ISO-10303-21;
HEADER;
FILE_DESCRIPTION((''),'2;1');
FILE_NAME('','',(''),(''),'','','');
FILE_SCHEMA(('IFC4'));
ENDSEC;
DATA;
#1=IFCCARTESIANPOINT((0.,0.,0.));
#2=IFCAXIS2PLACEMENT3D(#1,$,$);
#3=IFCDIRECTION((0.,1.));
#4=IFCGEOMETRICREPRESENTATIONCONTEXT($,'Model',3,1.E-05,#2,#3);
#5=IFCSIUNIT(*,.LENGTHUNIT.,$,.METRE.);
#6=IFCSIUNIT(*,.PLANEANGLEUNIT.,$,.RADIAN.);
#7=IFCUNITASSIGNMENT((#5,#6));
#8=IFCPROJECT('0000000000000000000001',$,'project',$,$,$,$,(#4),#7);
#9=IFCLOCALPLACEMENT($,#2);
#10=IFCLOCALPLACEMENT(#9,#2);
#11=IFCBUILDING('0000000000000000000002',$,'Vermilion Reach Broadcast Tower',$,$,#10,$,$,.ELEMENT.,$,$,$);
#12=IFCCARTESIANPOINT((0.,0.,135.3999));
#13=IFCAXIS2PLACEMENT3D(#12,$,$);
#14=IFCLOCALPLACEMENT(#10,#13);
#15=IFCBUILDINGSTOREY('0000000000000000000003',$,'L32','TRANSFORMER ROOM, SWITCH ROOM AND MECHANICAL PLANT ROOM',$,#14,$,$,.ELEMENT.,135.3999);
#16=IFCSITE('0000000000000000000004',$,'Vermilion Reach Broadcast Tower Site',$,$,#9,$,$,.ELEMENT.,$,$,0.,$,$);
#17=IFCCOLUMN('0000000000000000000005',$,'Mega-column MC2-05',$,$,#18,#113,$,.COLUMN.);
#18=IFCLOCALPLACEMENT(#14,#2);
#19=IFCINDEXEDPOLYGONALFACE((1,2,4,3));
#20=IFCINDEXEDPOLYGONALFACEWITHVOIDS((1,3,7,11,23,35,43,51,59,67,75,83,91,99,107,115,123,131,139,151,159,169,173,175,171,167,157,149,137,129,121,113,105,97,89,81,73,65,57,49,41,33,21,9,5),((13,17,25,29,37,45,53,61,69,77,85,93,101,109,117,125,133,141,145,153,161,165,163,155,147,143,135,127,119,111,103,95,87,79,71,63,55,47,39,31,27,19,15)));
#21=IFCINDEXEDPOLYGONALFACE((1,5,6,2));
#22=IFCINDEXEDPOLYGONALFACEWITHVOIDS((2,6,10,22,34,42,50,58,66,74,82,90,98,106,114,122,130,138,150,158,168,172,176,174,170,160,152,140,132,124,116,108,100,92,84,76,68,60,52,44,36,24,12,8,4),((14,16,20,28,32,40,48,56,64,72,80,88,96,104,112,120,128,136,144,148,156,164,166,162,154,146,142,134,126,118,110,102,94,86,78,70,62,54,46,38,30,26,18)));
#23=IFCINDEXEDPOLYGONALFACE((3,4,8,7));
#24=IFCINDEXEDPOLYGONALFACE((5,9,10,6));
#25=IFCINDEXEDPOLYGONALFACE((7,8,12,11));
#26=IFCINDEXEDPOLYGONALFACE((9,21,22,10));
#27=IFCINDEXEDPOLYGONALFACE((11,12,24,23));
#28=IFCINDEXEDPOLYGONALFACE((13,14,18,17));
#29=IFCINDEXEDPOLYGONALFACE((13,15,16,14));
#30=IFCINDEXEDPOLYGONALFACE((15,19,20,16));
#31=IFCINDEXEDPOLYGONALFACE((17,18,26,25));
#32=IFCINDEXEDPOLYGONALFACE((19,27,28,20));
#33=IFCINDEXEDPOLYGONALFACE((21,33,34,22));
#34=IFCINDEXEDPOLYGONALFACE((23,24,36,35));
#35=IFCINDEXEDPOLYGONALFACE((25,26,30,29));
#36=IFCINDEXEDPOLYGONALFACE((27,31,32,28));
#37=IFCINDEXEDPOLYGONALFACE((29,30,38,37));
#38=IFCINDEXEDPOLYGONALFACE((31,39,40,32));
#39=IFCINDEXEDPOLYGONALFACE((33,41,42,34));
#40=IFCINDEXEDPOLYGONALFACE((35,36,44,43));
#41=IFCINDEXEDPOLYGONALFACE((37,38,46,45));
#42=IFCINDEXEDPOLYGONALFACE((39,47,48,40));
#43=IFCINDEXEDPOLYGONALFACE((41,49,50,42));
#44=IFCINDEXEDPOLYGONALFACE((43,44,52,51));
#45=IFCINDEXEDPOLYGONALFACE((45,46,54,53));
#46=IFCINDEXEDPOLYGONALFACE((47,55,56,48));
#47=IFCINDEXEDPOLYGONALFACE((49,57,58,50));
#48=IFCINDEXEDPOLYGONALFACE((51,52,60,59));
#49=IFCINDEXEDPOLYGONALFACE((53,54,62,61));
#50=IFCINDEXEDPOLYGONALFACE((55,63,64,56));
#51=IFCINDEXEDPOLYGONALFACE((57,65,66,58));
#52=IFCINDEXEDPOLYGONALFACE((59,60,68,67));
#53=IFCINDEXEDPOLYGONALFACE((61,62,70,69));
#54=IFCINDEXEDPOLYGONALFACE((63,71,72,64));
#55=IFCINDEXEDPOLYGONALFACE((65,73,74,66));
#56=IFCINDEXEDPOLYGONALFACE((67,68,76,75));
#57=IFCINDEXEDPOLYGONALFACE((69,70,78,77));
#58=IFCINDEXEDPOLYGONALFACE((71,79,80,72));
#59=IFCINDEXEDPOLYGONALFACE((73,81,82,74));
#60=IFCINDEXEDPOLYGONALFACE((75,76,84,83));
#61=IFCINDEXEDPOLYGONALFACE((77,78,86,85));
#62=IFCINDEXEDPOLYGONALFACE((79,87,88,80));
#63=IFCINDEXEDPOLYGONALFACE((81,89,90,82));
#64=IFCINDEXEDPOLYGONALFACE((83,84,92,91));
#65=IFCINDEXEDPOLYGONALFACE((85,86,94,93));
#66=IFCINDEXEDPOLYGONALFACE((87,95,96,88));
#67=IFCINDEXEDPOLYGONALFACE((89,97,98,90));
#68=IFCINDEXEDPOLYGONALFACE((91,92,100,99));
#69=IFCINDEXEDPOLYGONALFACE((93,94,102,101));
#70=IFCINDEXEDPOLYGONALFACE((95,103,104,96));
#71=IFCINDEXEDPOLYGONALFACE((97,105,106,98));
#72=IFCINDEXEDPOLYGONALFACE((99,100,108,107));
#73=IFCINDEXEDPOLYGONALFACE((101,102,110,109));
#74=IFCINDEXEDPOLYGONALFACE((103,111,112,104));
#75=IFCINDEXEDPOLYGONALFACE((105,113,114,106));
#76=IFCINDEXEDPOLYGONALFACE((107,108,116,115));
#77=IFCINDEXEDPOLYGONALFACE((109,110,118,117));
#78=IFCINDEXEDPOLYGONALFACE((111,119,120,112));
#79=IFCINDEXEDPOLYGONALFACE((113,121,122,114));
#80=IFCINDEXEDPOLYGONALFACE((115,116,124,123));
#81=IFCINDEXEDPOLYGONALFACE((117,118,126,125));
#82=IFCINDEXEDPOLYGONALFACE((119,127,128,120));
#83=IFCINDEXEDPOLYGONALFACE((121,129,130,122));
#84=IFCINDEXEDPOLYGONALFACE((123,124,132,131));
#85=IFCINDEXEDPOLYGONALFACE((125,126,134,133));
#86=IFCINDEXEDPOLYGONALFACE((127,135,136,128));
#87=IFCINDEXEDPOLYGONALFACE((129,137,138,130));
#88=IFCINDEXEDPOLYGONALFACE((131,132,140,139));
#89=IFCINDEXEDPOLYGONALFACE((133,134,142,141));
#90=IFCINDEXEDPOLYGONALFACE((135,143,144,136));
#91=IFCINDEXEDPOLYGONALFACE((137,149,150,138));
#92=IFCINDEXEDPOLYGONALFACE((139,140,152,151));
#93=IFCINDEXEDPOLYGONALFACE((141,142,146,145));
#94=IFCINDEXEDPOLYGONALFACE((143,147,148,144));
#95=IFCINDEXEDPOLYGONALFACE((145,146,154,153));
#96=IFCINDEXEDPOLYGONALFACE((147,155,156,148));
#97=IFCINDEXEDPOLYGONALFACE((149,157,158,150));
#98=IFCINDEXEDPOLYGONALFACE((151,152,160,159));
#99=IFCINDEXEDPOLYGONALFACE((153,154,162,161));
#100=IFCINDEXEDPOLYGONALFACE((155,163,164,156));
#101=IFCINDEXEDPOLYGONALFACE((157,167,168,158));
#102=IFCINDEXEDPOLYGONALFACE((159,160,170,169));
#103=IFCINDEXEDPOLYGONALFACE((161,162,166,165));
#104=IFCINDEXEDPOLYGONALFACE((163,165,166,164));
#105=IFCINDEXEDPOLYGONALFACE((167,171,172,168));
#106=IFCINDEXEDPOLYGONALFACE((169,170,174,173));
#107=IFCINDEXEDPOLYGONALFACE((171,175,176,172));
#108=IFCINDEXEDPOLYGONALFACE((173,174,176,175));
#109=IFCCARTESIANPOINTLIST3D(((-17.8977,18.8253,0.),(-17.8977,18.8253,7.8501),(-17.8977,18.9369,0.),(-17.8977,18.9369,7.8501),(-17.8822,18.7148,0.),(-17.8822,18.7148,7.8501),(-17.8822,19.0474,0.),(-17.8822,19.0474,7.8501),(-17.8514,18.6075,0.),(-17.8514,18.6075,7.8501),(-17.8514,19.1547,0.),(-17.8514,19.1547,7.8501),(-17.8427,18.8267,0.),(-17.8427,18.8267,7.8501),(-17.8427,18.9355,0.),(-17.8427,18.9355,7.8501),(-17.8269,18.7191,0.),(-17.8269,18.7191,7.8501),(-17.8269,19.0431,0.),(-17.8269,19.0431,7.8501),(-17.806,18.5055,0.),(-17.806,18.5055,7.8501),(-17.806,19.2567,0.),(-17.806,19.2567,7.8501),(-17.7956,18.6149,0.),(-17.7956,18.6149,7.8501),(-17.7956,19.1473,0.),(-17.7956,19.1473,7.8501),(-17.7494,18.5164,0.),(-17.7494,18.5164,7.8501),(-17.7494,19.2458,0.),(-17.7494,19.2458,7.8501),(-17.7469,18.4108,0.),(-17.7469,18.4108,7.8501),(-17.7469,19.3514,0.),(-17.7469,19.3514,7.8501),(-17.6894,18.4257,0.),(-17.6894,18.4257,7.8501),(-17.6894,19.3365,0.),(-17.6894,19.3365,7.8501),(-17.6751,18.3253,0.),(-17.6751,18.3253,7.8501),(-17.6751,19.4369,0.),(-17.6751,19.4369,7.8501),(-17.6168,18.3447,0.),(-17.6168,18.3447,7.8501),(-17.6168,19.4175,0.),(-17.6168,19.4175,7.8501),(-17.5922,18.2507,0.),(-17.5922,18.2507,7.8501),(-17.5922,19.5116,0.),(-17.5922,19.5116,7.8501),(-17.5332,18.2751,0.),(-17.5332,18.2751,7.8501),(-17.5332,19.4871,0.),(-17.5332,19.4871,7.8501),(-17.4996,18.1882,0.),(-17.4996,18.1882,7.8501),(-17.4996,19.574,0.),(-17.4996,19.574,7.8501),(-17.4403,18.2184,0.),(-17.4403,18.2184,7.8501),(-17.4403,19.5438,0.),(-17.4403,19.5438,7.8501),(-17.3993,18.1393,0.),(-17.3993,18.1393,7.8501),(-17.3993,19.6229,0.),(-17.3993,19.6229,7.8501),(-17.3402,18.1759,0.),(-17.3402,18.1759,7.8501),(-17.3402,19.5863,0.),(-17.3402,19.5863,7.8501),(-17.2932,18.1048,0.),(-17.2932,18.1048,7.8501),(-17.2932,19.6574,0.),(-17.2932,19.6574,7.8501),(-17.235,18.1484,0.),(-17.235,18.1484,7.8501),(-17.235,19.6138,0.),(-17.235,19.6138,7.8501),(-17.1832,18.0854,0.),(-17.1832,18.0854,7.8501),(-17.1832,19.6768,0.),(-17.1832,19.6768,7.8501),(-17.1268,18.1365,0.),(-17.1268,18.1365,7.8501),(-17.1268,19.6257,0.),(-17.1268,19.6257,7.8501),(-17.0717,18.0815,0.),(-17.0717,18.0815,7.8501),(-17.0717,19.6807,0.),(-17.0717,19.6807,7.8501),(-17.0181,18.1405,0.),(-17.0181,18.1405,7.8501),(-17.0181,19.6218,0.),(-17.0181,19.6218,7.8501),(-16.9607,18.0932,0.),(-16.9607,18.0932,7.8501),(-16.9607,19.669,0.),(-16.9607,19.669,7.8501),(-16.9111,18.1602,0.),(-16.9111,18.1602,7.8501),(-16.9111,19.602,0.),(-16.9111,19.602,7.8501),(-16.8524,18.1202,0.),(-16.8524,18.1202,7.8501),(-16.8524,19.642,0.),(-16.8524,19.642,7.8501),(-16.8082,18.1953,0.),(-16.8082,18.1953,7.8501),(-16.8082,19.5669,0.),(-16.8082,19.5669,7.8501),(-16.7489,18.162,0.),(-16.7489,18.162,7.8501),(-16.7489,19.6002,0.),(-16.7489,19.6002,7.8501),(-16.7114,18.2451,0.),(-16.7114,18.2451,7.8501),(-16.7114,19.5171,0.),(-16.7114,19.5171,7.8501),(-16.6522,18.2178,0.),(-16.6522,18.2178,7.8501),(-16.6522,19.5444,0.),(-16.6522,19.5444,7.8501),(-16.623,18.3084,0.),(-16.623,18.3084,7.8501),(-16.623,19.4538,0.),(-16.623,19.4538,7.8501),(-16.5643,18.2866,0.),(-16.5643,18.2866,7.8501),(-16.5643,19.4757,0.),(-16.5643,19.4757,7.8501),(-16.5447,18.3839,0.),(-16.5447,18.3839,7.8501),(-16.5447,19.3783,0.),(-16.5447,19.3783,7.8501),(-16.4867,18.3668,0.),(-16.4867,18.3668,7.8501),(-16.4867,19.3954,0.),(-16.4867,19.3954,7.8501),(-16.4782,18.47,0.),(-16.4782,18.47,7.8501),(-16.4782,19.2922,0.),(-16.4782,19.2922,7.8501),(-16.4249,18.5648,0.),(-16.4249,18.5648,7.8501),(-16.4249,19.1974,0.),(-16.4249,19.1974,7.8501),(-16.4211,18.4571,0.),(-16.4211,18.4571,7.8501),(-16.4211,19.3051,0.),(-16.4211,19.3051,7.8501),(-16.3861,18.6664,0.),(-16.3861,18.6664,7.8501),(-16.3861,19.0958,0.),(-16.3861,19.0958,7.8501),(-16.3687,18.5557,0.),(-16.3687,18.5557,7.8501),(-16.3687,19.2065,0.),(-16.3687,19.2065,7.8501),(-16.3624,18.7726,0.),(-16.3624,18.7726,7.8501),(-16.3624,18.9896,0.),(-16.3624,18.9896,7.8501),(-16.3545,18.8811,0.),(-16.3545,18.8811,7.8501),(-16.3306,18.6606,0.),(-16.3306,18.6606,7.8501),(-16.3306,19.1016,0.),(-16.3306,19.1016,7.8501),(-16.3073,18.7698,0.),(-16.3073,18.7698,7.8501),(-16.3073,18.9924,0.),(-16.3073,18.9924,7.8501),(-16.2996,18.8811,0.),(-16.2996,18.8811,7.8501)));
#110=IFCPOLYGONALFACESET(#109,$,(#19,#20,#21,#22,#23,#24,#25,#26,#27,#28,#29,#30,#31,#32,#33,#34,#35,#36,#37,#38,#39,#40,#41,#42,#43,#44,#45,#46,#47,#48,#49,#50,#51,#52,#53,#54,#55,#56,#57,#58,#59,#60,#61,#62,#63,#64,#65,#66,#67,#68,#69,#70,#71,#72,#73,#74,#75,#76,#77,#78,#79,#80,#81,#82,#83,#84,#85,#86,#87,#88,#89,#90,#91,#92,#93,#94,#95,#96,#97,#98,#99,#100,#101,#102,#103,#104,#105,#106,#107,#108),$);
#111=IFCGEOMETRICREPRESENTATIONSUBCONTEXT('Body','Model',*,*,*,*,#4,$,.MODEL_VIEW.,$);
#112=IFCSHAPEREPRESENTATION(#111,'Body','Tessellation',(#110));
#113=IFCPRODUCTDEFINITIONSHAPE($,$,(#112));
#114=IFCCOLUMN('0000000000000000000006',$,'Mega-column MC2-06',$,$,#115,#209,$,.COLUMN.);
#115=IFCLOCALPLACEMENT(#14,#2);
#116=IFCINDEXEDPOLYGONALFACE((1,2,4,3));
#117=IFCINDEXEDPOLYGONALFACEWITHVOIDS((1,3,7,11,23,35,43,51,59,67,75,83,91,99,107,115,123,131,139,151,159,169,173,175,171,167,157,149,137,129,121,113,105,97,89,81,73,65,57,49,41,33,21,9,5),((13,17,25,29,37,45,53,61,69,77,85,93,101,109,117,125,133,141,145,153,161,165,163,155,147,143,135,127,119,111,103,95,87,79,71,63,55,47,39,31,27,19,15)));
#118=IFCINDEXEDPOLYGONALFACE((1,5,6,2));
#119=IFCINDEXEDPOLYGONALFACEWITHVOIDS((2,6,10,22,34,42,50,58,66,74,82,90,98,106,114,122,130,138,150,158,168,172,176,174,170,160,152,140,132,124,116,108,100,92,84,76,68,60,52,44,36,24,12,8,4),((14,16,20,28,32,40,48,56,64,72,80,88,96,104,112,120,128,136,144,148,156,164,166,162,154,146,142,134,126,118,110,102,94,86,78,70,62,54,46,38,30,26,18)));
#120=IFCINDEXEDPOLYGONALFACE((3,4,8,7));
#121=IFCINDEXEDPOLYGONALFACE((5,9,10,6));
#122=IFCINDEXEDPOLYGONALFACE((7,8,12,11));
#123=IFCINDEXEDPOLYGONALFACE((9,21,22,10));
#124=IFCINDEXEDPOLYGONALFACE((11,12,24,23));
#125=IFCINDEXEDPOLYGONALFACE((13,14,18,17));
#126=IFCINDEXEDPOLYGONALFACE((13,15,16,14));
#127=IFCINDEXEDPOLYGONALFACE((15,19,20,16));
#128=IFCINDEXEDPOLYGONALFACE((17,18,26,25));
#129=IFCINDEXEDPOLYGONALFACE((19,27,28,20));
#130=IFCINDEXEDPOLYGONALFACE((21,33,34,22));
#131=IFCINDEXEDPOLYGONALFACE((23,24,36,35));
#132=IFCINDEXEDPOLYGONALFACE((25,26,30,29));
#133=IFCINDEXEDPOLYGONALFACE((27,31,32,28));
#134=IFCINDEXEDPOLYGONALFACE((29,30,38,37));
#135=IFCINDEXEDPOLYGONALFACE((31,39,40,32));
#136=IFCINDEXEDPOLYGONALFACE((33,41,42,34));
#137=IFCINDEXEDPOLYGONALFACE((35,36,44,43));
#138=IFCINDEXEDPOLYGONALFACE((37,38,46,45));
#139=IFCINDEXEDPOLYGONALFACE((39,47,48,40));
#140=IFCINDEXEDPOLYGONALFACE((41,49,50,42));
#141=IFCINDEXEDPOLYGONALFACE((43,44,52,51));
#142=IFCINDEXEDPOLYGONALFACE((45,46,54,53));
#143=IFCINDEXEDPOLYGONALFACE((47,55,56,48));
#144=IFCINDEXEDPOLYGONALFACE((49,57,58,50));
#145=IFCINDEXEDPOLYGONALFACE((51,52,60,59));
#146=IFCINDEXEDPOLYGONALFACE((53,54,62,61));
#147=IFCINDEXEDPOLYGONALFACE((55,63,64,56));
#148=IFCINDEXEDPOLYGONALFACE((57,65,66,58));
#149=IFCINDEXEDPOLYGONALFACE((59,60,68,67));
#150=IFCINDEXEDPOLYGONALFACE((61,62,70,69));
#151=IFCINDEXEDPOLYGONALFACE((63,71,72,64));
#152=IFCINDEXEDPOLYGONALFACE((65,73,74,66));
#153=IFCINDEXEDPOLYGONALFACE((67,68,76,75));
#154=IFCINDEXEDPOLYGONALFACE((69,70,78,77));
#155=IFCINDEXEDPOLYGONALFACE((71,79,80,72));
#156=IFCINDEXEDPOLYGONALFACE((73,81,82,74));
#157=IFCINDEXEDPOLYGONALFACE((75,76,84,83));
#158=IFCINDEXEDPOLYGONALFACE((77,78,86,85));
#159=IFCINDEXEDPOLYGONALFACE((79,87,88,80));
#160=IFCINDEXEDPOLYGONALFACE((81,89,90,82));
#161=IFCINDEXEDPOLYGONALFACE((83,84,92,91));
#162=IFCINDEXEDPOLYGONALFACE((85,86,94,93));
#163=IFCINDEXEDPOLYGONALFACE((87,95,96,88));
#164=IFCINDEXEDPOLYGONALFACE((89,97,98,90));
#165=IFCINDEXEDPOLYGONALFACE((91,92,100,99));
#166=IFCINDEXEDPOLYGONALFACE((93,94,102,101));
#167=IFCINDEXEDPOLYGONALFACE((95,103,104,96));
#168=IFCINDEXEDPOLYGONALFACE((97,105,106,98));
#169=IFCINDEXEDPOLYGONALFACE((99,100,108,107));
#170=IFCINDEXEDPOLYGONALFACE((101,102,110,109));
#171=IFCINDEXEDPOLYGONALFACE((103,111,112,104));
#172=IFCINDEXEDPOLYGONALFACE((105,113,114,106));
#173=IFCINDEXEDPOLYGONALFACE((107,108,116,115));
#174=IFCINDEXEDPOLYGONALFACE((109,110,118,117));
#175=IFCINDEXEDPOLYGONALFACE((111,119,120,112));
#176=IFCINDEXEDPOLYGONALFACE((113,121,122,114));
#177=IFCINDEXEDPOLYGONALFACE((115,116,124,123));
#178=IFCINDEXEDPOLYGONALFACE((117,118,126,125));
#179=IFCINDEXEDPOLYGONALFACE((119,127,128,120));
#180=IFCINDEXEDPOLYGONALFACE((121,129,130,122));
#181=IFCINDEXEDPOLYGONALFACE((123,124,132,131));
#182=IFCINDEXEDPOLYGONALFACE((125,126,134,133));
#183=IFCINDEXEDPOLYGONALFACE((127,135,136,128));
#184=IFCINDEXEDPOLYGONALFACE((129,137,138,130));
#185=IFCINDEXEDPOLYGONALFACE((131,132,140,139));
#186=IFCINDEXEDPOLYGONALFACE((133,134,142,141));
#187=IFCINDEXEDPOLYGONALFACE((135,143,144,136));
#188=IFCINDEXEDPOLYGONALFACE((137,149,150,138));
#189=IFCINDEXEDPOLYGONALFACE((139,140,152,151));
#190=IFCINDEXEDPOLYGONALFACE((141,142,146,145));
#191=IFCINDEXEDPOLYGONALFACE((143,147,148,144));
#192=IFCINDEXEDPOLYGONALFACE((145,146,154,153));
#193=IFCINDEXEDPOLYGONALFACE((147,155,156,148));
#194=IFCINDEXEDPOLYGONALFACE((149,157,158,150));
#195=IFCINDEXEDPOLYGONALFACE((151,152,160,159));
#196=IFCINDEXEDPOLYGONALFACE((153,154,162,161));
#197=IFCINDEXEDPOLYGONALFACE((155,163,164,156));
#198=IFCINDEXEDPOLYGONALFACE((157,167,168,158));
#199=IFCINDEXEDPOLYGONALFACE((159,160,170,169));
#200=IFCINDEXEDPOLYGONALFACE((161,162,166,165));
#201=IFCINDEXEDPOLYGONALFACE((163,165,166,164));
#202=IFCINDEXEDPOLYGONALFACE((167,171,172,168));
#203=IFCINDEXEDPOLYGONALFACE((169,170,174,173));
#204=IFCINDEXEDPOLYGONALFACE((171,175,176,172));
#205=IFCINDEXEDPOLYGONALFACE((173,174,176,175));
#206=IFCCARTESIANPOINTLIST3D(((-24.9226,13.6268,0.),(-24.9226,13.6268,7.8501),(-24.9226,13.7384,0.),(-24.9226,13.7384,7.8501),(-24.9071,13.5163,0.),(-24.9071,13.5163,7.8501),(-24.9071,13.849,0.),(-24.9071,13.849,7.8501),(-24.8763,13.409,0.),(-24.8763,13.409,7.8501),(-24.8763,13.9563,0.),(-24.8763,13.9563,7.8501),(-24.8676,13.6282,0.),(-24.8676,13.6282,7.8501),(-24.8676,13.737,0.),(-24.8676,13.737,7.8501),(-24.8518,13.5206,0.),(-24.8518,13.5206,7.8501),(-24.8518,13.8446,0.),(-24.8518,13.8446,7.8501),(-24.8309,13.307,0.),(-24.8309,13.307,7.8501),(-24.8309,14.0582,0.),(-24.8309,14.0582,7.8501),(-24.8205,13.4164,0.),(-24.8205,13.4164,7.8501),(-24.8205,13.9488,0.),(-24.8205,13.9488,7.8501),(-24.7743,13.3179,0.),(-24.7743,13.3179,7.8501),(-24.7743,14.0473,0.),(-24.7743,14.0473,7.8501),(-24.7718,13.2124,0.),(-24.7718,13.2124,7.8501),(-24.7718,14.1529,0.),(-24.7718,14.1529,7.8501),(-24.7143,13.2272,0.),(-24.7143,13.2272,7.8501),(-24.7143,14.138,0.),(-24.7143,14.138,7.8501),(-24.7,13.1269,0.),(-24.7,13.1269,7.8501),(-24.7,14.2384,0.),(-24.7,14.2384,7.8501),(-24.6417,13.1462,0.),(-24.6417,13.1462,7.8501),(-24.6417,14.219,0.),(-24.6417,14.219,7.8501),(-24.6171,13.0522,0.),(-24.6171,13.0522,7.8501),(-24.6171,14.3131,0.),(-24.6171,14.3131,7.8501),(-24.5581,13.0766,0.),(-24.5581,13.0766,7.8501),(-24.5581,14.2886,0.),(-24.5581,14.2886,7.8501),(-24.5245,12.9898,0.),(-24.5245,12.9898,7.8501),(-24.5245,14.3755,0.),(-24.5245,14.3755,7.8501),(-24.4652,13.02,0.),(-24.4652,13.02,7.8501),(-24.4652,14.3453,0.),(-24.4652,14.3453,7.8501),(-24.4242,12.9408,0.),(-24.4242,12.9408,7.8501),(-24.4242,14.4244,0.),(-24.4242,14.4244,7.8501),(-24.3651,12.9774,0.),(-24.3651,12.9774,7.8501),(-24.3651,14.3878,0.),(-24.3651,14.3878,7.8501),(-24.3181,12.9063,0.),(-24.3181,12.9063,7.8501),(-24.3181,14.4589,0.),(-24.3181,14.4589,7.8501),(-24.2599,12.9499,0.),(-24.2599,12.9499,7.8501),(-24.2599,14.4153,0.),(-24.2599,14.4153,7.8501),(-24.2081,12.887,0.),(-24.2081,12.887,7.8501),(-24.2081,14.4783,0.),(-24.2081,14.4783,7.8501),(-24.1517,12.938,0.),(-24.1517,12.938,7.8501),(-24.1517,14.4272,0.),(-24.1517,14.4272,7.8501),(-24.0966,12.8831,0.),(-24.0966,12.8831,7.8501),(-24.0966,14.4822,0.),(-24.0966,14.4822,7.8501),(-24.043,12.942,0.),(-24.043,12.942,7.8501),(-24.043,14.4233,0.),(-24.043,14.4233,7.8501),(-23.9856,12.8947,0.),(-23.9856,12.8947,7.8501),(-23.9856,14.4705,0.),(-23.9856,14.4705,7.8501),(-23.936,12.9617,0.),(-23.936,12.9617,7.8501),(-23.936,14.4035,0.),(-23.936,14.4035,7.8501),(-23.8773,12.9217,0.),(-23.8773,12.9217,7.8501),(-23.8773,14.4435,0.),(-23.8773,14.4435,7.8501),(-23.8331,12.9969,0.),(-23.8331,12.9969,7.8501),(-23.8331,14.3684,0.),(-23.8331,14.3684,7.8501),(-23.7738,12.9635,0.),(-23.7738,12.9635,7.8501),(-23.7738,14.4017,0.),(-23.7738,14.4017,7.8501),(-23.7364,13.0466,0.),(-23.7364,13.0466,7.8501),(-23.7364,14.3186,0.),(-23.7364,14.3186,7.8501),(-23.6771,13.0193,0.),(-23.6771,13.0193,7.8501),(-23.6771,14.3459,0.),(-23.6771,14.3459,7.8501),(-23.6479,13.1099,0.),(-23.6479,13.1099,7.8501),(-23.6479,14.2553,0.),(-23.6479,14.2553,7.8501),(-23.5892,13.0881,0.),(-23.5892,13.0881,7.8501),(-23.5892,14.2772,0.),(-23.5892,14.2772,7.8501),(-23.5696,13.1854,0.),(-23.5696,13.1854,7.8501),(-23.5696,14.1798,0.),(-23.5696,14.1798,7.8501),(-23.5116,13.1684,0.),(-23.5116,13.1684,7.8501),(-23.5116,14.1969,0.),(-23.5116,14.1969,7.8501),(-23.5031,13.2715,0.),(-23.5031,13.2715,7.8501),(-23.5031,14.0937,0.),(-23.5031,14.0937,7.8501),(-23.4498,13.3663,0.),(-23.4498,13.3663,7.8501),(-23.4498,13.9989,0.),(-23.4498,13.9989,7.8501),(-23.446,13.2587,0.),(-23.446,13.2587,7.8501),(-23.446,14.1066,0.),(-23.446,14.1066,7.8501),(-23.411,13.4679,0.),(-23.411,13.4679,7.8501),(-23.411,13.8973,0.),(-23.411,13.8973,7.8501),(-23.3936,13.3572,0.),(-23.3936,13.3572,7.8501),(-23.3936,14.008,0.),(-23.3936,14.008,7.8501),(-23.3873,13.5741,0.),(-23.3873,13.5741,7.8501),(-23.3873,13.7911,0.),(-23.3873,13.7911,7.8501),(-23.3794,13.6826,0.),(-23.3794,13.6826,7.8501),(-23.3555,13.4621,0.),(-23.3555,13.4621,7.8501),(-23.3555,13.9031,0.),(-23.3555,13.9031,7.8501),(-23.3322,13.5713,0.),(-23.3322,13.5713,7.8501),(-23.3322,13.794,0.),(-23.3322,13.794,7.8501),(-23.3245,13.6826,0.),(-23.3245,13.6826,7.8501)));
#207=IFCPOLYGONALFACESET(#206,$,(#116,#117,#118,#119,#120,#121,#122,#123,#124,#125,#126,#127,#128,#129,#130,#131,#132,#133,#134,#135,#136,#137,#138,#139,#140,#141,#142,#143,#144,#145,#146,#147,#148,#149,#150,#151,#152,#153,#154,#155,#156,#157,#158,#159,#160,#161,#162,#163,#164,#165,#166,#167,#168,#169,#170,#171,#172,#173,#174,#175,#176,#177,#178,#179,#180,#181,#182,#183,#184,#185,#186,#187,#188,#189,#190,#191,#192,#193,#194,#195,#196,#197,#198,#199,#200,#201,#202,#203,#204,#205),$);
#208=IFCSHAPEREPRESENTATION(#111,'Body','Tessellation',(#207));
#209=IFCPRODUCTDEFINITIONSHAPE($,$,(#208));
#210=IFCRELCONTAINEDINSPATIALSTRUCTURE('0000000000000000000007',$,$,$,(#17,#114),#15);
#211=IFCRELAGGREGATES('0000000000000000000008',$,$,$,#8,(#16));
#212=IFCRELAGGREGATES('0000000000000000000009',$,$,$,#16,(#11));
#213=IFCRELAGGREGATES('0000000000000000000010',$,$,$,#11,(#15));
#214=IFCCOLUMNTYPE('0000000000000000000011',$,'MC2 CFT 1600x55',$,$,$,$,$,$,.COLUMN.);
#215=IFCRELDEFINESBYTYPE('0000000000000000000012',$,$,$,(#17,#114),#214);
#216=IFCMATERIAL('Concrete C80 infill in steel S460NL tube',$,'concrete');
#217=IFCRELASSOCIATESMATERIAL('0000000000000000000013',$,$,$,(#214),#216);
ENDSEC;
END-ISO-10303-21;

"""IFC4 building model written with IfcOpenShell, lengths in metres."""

from ifc_helpers import new_model, si_unit, direction, frame, origin, origin_2d, place, context, subcontext, project, spatial, hollow_circle, extrude, material, material_profile, profile_set, type_object, element, save


model = new_model("IFC4")

# Units and contexts
model_context = context("Model", 3, precision=1e-05, world=origin(), true_north=direction((0.0, 1.0)))
body_context = subcontext(model_context, "Body", "Model", "MODEL_VIEW")
ifc_project = project(units=[si_unit("LENGTHUNIT", "METRE"), si_unit("PLANEANGLEUNIT", "RADIAN")], contexts=[model_context])

# Site, building, storey
site_placement = place(None, origin())
site = spatial("IfcSite", under=ifc_project, at=site_placement, Name="Vermilion Reach Broadcast Tower Site", CompositionType="ELEMENT", RefElevation=0.0)
building_placement = place(site_placement, origin())
building = spatial("IfcBuilding", under=site, at=building_placement, Name="Vermilion Reach Broadcast Tower", CompositionType="ELEMENT")
storey_placement = place(building_placement, frame((0.0, 0.0, 135.3999)))
storey = spatial("IfcBuildingStorey", under=building, at=storey_placement, Name="L32", Description="TRANSFORMER ROOM, SWITCH ROOM AND MECHANICAL PLANT ROOM", CompositionType="ELEMENT", Elevation=135.3999)

# Columns
ifc_material_1 = material(Name="Concrete C80 infill in steel S460NL tube", Category="concrete")
ifc_material_profile_1 = material_profile(ifc_material_1, hollow_circle(Radius=0.8, WallThickness=0.0549, at=origin_2d()), Name="Concrete C80 infill in steel S460NL tube CFT 1600x55")
ifc_profile_set_1 = profile_set([ifc_material_profile_1], Name="Concrete C80 infill in steel S460NL tube")
column_type = type_object("IfcColumnType", Name="MC2 CFT 1600x55", PredefinedType="COLUMN", material=ifc_profile_set_1)
for number, where, z_axis, x_axis, name in (
    (1, (-17.0996, 18.8811, 0.0), (0.0, 0.0, 1.0), (1.0, 0.0, 0.0), "Mega-column MC2-05"),
    (2, (-24.1245, 13.6826, 0.0), (0.0, 0.0, 1.0), (1.0, 0.0, 0.0), "Mega-column MC2-06"),
):
    element("IfcColumn", number, at=place(storey_placement, frame(where, z_axis=z_axis, x_axis=x_axis)), inside=storey, type_object=column_type, Name=name, PredefinedType="COLUMN", context=body_context, shape_type="SweptSolid", body=[
        extrude(hollow_circle(Radius=0.8, WallThickness=0.0549, at=origin_2d()), origin(), (0.0, 0.0, 1.0), 7.8501),
    ])

save(model, "model.ifc")
